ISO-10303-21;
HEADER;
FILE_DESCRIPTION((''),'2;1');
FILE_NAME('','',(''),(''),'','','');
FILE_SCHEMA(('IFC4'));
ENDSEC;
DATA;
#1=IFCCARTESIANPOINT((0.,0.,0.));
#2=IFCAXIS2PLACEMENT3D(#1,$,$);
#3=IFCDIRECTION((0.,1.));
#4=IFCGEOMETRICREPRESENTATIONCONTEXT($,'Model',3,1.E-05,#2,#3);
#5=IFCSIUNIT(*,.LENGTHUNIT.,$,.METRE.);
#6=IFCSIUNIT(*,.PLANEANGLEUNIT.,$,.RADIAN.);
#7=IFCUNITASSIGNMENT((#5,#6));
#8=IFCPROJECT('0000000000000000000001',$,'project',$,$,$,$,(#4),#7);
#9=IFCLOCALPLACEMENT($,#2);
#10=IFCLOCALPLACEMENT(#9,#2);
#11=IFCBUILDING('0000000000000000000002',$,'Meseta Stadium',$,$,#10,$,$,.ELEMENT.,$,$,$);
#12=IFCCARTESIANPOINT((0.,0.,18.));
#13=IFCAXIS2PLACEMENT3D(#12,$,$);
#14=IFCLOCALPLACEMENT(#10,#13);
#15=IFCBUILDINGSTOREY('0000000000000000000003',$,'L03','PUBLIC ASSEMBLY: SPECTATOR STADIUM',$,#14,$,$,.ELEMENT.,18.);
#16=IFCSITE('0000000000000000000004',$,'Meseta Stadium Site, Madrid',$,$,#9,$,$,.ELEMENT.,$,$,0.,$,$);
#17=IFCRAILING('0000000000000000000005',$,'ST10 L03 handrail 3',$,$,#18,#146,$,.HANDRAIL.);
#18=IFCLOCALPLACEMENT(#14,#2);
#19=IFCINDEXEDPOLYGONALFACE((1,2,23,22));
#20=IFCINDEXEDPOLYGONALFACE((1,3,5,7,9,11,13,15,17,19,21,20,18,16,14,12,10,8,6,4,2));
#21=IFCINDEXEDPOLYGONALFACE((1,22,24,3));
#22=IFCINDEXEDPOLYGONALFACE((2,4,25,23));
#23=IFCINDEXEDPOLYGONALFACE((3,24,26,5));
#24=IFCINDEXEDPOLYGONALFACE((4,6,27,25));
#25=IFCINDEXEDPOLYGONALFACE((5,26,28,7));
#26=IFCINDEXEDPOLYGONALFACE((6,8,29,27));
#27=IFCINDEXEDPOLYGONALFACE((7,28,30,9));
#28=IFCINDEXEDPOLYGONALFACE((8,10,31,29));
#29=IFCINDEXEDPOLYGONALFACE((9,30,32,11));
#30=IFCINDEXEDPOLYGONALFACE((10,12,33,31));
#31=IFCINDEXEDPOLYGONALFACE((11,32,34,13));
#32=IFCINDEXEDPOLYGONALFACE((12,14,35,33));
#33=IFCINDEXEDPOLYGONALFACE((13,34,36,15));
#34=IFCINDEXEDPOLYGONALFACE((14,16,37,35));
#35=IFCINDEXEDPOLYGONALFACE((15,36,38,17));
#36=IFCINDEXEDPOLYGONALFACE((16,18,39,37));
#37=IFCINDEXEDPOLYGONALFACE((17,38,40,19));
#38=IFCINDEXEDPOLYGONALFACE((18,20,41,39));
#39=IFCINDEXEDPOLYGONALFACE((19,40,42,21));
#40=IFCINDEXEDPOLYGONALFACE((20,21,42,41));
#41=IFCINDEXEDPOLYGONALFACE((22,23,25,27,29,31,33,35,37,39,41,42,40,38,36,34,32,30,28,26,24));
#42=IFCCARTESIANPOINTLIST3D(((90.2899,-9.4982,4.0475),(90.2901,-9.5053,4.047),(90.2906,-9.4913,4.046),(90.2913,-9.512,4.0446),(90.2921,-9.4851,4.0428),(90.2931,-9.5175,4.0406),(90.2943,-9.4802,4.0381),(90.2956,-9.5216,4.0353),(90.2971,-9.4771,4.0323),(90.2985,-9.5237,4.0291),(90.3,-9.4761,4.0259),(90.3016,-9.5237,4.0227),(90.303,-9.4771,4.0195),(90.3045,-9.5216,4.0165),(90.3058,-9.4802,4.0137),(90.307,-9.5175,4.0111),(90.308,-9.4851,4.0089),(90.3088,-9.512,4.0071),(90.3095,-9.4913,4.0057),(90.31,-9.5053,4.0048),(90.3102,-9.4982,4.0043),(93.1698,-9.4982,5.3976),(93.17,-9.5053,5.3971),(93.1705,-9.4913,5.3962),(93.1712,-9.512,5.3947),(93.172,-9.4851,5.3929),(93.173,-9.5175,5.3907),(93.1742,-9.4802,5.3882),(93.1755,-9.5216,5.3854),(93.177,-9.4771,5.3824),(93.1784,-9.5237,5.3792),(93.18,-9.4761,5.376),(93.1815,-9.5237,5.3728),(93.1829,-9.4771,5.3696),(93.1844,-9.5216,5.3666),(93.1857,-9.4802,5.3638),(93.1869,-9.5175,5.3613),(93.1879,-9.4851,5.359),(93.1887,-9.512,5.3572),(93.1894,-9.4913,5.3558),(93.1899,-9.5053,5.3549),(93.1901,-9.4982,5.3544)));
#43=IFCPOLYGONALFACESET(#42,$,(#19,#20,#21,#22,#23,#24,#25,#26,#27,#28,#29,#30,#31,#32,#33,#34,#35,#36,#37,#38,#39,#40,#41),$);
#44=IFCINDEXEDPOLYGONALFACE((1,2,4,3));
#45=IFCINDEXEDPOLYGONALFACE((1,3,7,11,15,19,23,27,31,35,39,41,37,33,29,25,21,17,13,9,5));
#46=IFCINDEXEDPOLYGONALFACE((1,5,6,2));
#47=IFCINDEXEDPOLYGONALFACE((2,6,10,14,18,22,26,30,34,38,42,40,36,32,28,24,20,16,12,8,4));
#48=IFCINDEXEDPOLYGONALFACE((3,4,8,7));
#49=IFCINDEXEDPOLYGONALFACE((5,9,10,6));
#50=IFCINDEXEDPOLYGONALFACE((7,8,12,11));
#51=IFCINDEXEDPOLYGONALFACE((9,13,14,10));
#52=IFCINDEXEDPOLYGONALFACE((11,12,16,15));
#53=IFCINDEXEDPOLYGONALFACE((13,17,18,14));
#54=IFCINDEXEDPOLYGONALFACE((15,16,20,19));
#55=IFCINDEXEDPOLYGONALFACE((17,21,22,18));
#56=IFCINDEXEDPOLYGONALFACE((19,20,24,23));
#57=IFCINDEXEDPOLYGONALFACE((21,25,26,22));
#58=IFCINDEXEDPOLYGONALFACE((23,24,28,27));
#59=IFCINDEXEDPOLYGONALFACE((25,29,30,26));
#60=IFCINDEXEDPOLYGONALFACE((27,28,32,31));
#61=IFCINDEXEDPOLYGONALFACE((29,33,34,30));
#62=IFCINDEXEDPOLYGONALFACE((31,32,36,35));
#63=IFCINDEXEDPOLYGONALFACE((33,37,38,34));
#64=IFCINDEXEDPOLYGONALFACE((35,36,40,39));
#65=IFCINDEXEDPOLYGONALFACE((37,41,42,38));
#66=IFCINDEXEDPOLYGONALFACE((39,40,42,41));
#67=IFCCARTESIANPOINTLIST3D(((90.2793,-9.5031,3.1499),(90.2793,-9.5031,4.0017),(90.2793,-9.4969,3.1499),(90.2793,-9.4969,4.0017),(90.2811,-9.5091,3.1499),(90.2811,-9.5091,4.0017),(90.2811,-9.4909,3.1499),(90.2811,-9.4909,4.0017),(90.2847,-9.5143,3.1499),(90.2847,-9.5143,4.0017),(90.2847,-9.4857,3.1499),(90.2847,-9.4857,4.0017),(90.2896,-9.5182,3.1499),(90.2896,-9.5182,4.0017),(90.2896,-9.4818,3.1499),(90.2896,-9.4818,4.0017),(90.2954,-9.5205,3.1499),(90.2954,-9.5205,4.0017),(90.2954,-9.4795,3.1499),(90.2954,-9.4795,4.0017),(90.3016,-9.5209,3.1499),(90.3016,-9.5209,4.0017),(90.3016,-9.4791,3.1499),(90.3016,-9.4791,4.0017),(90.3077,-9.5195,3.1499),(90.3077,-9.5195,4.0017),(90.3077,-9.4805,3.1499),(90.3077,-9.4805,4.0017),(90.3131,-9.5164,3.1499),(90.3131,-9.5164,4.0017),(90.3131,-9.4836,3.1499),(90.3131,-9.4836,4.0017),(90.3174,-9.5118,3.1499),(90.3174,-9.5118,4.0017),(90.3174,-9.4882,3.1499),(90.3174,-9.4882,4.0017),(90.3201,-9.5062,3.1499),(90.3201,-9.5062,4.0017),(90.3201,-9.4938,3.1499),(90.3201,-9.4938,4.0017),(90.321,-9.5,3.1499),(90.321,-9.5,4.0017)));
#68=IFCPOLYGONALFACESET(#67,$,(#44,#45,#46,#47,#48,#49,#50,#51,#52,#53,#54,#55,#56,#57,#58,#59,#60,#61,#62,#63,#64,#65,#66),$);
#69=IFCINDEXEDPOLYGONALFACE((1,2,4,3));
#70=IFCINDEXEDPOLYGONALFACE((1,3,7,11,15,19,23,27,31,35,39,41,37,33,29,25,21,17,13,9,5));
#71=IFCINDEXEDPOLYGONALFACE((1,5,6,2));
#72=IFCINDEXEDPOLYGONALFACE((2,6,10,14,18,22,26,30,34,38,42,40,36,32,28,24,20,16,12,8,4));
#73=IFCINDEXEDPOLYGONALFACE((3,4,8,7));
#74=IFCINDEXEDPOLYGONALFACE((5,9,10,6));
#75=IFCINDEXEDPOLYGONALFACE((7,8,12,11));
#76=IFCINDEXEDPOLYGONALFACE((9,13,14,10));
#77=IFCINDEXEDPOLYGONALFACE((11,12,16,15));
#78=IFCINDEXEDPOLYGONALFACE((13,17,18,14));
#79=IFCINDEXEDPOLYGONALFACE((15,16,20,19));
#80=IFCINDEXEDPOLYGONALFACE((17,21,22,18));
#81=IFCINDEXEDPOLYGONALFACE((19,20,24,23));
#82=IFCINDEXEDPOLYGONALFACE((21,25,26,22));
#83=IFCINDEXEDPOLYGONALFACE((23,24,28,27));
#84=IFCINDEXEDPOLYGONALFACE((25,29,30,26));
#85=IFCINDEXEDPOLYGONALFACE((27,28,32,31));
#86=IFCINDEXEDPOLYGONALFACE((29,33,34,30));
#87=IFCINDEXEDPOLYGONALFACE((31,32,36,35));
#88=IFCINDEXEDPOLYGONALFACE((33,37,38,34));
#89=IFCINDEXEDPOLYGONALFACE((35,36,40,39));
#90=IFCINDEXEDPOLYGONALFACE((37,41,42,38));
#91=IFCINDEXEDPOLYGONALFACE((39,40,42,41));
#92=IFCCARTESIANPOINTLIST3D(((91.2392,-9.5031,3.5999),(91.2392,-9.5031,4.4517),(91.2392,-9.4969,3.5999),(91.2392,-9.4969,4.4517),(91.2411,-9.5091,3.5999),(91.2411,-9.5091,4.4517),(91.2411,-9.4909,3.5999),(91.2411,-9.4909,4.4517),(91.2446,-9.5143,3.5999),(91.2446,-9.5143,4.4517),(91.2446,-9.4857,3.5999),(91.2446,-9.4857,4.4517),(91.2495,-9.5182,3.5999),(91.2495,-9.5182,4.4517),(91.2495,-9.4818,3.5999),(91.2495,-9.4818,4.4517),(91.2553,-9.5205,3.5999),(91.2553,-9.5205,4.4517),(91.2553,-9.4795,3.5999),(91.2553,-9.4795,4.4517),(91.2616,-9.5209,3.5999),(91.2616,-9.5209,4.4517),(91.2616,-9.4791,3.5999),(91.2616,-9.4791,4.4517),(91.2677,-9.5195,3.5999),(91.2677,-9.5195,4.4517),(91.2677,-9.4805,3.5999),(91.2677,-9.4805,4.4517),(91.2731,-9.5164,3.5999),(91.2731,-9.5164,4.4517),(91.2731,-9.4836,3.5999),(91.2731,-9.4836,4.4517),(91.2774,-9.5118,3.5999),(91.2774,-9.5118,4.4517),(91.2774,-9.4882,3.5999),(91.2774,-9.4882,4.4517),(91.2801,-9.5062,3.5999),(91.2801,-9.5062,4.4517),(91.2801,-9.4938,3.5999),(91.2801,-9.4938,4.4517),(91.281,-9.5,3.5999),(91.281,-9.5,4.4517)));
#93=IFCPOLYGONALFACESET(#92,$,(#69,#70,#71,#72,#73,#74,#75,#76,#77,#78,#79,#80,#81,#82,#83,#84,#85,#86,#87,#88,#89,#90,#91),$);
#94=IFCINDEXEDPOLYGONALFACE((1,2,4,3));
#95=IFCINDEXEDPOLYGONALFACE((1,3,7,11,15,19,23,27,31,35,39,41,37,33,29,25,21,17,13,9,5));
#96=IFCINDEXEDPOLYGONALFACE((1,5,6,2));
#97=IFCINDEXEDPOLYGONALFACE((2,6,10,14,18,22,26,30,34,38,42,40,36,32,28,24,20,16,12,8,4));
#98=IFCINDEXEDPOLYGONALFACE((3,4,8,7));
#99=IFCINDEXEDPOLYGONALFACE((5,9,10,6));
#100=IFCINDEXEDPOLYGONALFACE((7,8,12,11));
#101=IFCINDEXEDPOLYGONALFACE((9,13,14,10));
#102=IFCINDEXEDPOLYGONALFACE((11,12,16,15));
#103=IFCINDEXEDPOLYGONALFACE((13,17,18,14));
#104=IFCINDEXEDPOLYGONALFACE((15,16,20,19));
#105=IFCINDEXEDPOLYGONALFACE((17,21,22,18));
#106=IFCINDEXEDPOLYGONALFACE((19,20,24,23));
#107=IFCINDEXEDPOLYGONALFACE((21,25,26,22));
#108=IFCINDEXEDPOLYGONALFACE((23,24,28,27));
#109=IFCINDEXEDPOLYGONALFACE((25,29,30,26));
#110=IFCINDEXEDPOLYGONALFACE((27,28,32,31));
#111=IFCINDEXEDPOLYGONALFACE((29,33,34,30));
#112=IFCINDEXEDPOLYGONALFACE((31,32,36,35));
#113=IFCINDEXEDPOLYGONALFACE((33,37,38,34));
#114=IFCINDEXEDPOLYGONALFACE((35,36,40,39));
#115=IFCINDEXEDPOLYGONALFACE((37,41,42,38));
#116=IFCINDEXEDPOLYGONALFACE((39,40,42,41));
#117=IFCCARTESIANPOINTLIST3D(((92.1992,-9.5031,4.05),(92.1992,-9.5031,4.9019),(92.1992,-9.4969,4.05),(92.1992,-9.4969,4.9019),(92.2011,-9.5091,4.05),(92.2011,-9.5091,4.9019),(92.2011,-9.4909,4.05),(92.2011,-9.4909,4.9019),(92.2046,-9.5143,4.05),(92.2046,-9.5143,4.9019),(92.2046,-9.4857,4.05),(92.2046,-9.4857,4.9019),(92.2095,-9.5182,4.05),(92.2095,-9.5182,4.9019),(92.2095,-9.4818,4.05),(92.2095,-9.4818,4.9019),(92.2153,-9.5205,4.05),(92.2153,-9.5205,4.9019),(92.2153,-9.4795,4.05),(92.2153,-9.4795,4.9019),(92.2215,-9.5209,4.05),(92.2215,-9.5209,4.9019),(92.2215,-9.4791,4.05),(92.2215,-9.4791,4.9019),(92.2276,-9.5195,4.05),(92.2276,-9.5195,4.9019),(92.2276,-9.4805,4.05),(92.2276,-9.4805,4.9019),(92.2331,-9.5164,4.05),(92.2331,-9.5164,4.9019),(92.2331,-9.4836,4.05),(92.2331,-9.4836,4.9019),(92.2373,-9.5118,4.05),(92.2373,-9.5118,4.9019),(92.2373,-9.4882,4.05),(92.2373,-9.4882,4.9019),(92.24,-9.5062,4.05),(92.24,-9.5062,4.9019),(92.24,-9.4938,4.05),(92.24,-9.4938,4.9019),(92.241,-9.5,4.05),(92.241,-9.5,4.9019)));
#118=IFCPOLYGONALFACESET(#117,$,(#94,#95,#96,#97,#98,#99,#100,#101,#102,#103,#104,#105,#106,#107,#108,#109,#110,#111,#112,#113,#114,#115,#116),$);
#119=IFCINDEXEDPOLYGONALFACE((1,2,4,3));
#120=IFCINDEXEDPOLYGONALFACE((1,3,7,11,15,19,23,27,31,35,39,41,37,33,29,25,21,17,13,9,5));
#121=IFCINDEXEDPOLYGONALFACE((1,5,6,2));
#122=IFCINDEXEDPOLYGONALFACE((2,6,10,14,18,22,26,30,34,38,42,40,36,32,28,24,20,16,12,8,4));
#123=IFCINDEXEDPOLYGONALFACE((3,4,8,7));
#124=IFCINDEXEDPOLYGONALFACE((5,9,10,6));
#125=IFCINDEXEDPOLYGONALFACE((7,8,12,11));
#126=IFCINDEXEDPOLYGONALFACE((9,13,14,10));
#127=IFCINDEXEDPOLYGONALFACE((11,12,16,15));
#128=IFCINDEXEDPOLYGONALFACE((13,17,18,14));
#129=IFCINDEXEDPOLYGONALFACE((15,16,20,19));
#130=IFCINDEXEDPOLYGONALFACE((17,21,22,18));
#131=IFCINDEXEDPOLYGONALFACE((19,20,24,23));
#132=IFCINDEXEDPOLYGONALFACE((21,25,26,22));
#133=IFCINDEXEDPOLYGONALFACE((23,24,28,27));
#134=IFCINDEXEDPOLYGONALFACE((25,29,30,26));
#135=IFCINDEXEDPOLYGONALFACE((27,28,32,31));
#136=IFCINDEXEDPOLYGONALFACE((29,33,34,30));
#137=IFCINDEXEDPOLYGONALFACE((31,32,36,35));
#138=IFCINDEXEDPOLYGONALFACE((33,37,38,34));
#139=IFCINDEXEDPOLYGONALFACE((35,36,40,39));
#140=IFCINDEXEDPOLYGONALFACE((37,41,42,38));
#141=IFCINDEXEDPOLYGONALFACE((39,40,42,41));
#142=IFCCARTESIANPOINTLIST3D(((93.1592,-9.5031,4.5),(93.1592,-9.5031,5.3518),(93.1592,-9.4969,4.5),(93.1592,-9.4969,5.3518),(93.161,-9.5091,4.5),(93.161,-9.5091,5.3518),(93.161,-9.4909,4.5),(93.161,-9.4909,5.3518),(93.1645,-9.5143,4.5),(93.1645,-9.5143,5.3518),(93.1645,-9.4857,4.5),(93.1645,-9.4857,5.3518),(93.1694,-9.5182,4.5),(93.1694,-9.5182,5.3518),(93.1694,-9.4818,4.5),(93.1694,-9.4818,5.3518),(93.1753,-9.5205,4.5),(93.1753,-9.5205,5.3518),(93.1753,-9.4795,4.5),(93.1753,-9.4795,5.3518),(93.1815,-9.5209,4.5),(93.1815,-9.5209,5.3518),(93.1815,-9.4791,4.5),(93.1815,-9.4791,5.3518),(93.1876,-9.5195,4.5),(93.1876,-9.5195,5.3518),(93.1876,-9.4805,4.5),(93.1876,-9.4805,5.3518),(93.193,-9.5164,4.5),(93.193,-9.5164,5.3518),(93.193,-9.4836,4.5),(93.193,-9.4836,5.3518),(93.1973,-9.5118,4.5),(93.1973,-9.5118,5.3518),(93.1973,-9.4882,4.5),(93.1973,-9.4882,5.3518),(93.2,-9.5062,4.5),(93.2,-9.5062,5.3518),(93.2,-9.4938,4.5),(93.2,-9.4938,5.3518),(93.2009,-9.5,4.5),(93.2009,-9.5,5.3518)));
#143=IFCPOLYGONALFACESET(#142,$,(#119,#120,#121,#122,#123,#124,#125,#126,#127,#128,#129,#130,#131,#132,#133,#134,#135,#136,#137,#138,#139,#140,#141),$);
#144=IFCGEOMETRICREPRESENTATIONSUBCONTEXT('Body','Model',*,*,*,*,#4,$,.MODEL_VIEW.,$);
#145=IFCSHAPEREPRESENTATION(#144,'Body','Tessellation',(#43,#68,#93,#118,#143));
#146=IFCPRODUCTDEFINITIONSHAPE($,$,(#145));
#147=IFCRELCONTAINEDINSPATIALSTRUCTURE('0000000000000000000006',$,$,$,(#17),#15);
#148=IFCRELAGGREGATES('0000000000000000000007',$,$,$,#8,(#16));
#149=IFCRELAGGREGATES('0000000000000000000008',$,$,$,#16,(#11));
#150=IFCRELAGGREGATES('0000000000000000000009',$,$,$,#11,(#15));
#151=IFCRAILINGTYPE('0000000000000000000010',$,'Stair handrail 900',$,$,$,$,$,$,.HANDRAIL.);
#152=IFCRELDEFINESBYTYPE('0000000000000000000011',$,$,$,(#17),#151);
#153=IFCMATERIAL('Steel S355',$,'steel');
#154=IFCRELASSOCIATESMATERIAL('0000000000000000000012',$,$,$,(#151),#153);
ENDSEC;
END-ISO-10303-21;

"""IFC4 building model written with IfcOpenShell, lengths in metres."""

from ifc_helpers import new_model, si_unit, direction, frame, origin, origin_2d, place, context, subcontext, project, spatial, circle, extrude, material, type_object, element, save


model = new_model("IFC4")

# Units and contexts
model_context = context("Model", 3, precision=1e-05, world=origin(), true_north=direction((0.0, 1.0)))
body_context = subcontext(model_context, "Body", "Model", "MODEL_VIEW")
ifc_project = project(units=[si_unit("LENGTHUNIT", "METRE"), si_unit("PLANEANGLEUNIT", "RADIAN")], contexts=[model_context])

# Site, building, storey
site_placement = place(None, origin())
site = spatial("IfcSite", under=ifc_project, at=site_placement, Name="Meseta Stadium Site, Madrid", CompositionType="ELEMENT", RefElevation=0.0)
building_placement = place(site_placement, origin())
building = spatial("IfcBuilding", under=site, at=building_placement, Name="Meseta Stadium", CompositionType="ELEMENT")
storey_placement = place(building_placement, frame((0.0, 0.0, 18.0)))
storey = spatial("IfcBuildingStorey", under=building, at=storey_placement, Name="L03", Description="PUBLIC ASSEMBLY: SPECTATOR STADIUM", CompositionType="ELEMENT", Elevation=18.0)

# Railing
ifc_material_1 = material(Name="Steel S355", Category="steel")
railing_type_1 = type_object("IfcRailingType", Name="Stair handrail 900", PredefinedType="HANDRAIL", material=ifc_material_1)
for number, where, name in (
    (1, (90.3, -9.5, 3.1499), "ST10 L03 handrail 3"),
):
    element("IfcRailing", number, at=place(storey_placement, frame(where)), inside=storey, type_object=railing_type_1, Name=name, PredefinedType="HANDRAIL", context=body_context, shape_type="SweptSolid", body=[
        extrude(circle(Radius=0.0239, at=origin_2d()), frame((0.0, 0.0, 0.876), z_axis=(0.90544, 0.0, 0.424473), x_axis=(0.0, 1.0, 0.0)), (0.0, 0.0, 1.0), 3.1807),
        extrude(circle(Radius=0.021, at=origin_2d()), origin(), (0.0, 0.0, 1.0), 0.8518),
        extrude(circle(Radius=0.021, at=origin_2d()), frame((0.96, 0.0, 0.45)), (0.0, 0.0, 1.0), 0.8518),
        extrude(circle(Radius=0.021, at=origin_2d()), frame((1.9199, 0.0, 0.9001)), (0.0, 0.0, 1.0), 0.8518),
        extrude(circle(Radius=0.021, at=origin_2d()), frame((2.8799, 0.0, 1.3501)), (0.0, 0.0, 1.0), 0.8518),
    ])

save(model, "model.ifc")
